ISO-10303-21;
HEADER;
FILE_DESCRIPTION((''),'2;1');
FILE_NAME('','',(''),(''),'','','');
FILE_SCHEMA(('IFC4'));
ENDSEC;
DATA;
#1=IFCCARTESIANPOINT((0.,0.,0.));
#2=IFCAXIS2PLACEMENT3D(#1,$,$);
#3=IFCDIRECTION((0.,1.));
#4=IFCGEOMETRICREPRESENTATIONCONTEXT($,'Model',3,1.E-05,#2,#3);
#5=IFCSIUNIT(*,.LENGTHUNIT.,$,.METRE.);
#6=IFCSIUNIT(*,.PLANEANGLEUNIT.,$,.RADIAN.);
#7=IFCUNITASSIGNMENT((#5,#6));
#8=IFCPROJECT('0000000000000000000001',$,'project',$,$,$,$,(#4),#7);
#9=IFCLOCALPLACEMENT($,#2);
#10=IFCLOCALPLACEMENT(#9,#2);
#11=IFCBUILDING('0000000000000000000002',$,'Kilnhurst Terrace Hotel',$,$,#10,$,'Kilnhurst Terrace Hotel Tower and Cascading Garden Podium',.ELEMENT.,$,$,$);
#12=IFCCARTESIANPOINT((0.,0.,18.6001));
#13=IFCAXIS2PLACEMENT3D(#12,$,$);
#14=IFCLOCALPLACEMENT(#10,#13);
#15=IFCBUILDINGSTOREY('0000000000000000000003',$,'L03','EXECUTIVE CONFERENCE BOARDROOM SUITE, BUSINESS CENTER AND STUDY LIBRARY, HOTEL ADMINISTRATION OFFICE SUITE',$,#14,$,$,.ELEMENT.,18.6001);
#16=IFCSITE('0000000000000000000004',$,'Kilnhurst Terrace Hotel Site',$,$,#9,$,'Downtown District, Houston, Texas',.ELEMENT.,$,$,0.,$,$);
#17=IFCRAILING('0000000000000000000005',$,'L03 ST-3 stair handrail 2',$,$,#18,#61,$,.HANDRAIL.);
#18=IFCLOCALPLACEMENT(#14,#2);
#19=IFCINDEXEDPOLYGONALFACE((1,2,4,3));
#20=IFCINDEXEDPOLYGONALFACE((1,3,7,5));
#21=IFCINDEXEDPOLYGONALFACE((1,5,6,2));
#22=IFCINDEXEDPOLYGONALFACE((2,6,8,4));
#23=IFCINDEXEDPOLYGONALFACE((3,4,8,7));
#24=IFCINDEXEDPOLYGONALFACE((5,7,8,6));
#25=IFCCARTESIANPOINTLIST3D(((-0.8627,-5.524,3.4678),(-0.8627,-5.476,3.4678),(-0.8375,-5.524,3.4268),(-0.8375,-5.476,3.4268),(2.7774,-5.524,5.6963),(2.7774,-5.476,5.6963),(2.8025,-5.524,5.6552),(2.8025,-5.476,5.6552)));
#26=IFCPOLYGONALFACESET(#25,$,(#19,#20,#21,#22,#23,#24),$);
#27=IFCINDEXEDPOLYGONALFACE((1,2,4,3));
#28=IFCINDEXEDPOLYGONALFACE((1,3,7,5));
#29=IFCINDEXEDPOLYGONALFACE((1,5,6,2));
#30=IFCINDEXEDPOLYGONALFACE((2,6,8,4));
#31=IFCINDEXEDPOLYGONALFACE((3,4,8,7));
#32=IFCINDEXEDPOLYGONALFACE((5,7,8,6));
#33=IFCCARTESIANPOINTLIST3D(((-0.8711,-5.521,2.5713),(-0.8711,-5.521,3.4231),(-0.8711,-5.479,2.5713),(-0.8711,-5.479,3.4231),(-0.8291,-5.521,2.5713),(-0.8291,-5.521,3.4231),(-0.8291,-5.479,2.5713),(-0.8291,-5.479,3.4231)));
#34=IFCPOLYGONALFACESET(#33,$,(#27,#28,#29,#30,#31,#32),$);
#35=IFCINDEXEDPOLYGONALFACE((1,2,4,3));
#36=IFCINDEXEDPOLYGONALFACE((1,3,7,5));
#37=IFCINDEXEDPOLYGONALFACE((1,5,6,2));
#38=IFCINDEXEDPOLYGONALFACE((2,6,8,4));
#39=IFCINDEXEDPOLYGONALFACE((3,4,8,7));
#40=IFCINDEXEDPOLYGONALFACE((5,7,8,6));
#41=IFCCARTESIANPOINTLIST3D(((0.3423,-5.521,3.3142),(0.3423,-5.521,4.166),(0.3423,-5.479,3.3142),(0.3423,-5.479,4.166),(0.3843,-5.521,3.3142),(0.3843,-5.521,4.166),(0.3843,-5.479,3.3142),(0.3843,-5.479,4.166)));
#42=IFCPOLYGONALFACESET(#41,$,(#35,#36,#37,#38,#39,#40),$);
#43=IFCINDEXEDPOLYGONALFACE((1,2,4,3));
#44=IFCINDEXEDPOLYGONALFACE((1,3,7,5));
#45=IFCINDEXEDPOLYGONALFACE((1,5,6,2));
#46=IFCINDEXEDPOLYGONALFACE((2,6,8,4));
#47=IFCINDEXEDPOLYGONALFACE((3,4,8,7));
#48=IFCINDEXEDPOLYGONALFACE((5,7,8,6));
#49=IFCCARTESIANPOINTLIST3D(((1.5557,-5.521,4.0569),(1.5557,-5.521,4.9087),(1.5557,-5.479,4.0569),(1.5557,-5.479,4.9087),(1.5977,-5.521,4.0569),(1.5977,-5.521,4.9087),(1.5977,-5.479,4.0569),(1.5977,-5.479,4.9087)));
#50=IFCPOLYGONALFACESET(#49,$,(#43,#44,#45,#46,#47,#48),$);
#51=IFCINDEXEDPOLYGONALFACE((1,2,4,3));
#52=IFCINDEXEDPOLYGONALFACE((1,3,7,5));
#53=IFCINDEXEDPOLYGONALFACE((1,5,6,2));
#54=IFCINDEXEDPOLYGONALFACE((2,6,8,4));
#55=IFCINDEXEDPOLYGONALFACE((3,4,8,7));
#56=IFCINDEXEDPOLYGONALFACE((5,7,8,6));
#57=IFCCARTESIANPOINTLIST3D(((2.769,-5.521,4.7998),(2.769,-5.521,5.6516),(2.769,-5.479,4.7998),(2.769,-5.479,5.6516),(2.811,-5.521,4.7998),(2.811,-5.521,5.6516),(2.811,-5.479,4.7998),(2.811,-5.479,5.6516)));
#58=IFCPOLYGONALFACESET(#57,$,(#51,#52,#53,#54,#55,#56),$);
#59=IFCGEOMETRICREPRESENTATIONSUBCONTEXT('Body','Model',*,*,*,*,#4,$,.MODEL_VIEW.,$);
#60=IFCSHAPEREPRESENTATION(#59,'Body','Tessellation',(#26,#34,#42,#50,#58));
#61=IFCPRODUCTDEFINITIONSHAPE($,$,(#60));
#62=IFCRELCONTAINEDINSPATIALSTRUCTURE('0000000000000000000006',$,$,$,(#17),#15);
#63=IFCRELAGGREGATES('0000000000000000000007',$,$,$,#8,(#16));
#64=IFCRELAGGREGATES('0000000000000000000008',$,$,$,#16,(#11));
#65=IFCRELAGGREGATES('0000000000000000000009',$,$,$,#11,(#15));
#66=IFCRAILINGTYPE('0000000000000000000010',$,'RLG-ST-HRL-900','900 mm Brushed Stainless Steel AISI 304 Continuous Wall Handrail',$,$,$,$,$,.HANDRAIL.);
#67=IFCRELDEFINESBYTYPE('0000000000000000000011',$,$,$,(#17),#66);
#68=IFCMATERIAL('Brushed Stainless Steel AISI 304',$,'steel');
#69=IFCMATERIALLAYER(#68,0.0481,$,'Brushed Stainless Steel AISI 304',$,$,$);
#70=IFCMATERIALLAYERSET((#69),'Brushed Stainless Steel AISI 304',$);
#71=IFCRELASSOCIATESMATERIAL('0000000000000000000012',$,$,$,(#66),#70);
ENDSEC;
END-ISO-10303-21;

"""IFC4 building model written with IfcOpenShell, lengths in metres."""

from ifc_helpers import new_model, si_unit, direction, frame, origin, origin_2d, place, context, subcontext, project, spatial, rectangle, extrude, material, layer, layer_set, type_object, element, save


model = new_model("IFC4")

# Units and contexts
model_context = context("Model", 3, precision=1e-05, world=origin(), true_north=direction((0.0, 1.0)))
body_context = subcontext(model_context, "Body", "Model", "MODEL_VIEW")
ifc_project = project(units=[si_unit("LENGTHUNIT", "METRE"), si_unit("PLANEANGLEUNIT", "RADIAN")], contexts=[model_context])

# Site, building, storey
site_placement = place(None, origin())
site = spatial("IfcSite", under=ifc_project, at=site_placement, Name="Kilnhurst Terrace Hotel Site", LongName="Downtown District, Houston, Texas", CompositionType="ELEMENT", RefElevation=0.0)
building_placement = place(site_placement, origin())
building = spatial("IfcBuilding", under=site, at=building_placement, Name="Kilnhurst Terrace Hotel", LongName="Kilnhurst Terrace Hotel Tower and Cascading Garden Podium", CompositionType="ELEMENT")
storey_placement = place(building_placement, frame((0.0, 0.0, 18.6001)))
storey = spatial("IfcBuildingStorey", under=building, at=storey_placement, Name="L03", Description="EXECUTIVE CONFERENCE BOARDROOM SUITE, BUSINESS CENTER AND STUDY LIBRARY, HOTEL ADMINISTRATION OFFICE SUITE", CompositionType="ELEMENT", Elevation=18.6001)

# Railing
ifc_material_1 = material(Name="Brushed Stainless Steel AISI 304", Category="steel")
ifc_layer_1 = layer(ifc_material_1, 0.0481, Name="Brushed Stainless Steel AISI 304")
ifc_layer_set_1 = layer_set([ifc_layer_1], Name="Brushed Stainless Steel AISI 304")
railing_type_1 = type_object("IfcRailingType", Name="RLG-ST-HRL-900", Description="900 mm Brushed Stainless Steel AISI 304 Continuous Wall Handrail", PredefinedType="HANDRAIL", material=ifc_layer_set_1)
railing_1_placement = place(storey_placement, frame((-0.8501, -5.5, 2.5713)))
element("IfcRailing", 1, at=railing_1_placement, inside=storey, type_object=railing_type_1, Name="L03 ST-3 stair handrail 2", PredefinedType="HANDRAIL", context=body_context, shape_type="SweptSolid", body=[
    extrude(rectangle(XDim=0.0481, YDim=0.0481, at=origin_2d()), frame((0.0, 0.0, 0.876), z_axis=(0.852866, 0.0, 0.52213), x_axis=(0.0, 1.0, 0.0)), (0.0, 0.0, 1.0), 4.2681),
    extrude(rectangle(XDim=0.042, YDim=0.042, at=origin_2d()), origin(), (0.0, 0.0, 1.0), 0.8518),
    extrude(rectangle(XDim=0.042, YDim=0.042, at=origin_2d()), frame((1.2134, 0.0, 0.7429)), (0.0, 0.0, 1.0), 0.8518),
    extrude(rectangle(XDim=0.042, YDim=0.042, at=origin_2d()), frame((2.4268, 0.0, 1.4856)), (0.0, 0.0, 1.0), 0.8518),
    extrude(rectangle(XDim=0.042, YDim=0.042, at=origin_2d()), frame((3.6401, 0.0, 2.2285)), (0.0, 0.0, 1.0), 0.8518),
])

save(model, "model.ifc")
